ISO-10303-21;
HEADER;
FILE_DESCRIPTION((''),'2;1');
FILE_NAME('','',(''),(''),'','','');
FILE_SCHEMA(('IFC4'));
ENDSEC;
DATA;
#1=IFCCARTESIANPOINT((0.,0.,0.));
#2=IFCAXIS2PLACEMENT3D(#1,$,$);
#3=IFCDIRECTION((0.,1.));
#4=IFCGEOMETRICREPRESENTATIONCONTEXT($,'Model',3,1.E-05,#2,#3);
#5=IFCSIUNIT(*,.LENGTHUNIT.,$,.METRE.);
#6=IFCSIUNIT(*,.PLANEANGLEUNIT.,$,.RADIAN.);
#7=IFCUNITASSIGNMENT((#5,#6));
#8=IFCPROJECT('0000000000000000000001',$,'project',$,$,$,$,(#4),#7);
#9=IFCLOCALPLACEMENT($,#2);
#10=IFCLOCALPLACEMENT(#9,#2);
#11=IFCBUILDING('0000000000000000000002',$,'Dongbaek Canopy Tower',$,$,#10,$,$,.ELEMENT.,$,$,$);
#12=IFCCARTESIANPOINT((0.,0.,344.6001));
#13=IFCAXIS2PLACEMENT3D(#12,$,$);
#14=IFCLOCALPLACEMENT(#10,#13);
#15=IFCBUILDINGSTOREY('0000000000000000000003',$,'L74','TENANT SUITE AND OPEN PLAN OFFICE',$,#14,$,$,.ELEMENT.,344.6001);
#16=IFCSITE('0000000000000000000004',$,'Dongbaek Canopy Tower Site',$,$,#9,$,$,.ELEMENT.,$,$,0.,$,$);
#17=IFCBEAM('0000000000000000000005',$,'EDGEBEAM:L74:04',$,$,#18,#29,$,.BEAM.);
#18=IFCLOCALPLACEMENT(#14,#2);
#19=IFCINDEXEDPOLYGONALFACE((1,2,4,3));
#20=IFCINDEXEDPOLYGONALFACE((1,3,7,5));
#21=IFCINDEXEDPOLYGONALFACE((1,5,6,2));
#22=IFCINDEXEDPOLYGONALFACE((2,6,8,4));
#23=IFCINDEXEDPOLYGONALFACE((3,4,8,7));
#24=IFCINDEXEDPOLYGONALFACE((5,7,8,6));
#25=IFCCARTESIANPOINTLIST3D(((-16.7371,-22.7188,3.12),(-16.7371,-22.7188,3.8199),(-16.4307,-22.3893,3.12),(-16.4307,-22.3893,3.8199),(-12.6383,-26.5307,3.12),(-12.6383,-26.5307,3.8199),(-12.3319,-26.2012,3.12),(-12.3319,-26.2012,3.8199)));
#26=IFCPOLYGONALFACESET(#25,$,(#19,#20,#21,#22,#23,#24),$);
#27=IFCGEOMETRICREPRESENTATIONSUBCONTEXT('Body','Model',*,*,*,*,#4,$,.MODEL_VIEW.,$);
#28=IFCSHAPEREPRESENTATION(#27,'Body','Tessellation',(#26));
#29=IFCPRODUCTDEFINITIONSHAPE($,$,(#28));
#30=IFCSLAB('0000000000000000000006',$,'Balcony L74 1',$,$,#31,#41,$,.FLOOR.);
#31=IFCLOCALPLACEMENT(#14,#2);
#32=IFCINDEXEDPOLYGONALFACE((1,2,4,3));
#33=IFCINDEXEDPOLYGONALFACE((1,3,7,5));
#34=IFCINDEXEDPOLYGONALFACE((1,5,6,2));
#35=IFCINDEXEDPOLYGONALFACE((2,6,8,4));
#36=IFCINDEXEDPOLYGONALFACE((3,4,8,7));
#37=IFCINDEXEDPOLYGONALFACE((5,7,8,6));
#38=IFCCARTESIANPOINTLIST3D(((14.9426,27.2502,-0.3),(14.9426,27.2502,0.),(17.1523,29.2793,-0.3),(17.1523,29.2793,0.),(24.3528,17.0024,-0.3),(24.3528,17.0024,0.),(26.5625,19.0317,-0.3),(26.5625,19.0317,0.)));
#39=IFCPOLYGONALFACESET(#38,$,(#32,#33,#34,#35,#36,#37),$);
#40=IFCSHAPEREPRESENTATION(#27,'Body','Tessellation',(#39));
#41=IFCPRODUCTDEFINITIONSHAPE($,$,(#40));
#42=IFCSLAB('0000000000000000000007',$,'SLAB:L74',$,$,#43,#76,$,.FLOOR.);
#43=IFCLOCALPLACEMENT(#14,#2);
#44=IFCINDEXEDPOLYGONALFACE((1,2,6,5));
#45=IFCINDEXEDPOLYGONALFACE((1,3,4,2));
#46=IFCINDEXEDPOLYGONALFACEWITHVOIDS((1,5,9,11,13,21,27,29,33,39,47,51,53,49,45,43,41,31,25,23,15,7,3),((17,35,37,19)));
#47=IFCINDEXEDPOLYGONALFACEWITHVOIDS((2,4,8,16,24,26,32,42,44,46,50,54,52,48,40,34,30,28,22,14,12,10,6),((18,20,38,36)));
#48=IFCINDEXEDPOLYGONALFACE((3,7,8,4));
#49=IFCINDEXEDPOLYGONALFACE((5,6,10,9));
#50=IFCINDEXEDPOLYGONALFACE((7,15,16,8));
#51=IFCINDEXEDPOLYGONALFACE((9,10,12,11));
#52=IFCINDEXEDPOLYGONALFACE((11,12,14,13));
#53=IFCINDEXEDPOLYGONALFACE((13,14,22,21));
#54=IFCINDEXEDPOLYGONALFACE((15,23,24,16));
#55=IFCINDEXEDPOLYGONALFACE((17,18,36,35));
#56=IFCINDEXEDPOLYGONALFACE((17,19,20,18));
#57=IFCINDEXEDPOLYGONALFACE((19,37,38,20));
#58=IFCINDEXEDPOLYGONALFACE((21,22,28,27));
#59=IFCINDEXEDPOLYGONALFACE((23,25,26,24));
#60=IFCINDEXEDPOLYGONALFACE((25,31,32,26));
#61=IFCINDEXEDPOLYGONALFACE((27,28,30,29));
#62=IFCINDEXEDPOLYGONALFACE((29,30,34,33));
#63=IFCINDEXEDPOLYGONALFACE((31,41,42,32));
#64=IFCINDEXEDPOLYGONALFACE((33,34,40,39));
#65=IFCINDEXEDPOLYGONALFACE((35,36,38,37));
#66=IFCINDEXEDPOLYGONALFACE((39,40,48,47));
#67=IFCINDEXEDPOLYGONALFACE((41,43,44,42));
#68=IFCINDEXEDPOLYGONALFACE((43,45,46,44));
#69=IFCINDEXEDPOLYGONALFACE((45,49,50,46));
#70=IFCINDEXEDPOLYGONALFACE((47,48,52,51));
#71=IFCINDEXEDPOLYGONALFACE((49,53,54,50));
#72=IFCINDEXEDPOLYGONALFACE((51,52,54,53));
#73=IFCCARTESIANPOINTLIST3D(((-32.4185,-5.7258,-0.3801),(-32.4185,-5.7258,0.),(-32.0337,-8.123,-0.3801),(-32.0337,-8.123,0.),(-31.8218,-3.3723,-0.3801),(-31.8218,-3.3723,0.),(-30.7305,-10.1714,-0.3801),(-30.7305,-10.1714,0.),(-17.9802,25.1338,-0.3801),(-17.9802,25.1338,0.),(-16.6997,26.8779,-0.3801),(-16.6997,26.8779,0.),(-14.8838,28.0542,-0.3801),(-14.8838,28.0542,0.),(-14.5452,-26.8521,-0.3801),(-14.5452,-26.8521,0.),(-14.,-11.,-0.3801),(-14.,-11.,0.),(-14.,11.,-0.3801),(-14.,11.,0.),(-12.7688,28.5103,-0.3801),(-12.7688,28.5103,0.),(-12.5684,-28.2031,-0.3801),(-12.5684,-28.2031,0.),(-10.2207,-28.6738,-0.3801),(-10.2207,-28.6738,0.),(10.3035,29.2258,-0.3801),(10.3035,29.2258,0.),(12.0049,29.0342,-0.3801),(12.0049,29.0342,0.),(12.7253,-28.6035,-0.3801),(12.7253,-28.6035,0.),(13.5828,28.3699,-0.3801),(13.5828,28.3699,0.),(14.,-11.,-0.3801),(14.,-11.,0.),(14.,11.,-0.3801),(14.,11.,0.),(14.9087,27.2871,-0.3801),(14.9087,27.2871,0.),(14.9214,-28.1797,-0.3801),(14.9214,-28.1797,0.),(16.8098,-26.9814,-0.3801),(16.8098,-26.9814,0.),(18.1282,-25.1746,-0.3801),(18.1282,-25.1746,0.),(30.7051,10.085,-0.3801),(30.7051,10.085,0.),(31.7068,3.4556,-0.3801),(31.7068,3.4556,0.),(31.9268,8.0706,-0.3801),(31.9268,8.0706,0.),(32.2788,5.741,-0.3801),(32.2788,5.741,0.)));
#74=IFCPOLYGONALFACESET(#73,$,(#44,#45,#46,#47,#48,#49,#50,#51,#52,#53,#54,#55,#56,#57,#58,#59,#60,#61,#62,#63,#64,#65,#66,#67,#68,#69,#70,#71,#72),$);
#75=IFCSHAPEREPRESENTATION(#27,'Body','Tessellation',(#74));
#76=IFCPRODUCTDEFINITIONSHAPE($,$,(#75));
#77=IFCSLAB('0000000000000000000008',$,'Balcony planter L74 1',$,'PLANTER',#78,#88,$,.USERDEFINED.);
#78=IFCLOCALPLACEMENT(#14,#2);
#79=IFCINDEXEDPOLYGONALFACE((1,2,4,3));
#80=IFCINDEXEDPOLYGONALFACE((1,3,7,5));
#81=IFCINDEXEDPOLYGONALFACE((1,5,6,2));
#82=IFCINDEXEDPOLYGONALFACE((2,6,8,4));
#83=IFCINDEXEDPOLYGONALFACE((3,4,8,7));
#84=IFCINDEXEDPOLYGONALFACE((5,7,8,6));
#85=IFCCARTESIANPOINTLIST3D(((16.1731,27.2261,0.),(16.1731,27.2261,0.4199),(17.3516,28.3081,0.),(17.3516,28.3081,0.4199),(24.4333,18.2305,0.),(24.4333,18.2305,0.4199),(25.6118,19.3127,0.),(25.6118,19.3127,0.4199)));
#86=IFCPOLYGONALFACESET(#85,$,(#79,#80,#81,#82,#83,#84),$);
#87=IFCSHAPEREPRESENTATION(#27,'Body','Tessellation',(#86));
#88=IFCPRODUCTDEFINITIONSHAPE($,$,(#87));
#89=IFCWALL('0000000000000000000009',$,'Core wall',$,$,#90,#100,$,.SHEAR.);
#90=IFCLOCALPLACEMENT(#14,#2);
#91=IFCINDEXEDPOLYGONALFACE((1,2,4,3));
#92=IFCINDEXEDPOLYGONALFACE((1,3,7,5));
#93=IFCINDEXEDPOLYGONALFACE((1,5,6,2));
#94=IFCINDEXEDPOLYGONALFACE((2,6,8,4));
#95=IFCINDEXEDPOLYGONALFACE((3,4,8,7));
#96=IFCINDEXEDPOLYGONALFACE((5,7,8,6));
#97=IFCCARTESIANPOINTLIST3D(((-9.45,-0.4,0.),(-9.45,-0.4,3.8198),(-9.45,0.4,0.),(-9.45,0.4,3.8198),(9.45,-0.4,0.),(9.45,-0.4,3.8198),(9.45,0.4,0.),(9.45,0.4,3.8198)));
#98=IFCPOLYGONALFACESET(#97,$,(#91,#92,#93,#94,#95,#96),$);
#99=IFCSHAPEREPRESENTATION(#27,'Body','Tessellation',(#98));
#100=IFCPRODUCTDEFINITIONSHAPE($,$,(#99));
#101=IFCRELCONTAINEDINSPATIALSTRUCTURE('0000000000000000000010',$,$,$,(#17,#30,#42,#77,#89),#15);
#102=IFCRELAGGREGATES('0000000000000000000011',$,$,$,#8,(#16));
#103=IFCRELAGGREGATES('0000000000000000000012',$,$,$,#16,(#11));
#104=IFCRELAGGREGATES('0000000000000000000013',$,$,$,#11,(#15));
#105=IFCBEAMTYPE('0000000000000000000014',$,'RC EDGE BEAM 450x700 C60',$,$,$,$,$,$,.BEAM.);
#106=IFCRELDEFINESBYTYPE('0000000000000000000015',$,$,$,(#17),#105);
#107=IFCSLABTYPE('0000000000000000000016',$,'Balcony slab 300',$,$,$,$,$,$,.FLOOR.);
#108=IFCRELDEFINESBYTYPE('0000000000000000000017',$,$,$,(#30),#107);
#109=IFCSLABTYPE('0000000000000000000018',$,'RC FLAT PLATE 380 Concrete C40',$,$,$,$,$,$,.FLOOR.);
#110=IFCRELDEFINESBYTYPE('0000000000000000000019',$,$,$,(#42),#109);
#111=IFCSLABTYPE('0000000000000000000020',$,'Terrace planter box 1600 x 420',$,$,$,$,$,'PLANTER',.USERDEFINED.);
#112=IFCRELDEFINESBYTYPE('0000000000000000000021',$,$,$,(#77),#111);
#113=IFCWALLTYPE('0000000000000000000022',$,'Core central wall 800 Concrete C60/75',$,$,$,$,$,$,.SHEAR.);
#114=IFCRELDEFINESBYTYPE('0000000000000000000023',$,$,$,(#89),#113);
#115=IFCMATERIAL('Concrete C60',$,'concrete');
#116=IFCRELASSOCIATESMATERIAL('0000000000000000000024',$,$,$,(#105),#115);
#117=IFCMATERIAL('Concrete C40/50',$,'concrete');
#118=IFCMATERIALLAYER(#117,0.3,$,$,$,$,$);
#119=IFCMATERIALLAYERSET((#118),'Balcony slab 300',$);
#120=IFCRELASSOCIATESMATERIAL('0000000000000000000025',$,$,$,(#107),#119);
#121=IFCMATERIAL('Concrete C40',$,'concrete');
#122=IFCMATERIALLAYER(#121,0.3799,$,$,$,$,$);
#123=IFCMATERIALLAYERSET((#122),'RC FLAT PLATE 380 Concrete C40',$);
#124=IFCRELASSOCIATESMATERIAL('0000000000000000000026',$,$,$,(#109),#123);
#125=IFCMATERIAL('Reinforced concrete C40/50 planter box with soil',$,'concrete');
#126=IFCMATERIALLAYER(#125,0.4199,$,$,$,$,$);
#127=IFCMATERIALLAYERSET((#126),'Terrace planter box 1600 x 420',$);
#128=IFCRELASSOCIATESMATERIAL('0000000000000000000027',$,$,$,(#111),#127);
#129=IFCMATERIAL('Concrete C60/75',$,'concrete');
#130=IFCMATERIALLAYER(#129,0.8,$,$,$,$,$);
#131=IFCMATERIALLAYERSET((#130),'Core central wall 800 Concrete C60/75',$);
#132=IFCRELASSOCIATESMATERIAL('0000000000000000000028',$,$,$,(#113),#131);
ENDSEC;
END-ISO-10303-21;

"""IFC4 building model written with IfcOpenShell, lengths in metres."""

from ifc_helpers import new_model, si_unit, direction, frame, frame_2d, origin, origin_2d, place, context, subcontext, project, spatial, polyline, rectangle, outline, extrude, material, layer, layer_set, material_profile, profile_set, type_object, element, save


model = new_model("IFC4")

# Units and contexts
model_context = context("Model", 3, precision=1e-05, world=origin(), true_north=direction((0.0, 1.0)))
body_context = subcontext(model_context, "Body", "Model", "MODEL_VIEW")
ifc_project = project(units=[si_unit("LENGTHUNIT", "METRE"), si_unit("PLANEANGLEUNIT", "RADIAN")], contexts=[model_context])

# Site, building, storey
site_placement = place(None, origin())
site = spatial("IfcSite", under=ifc_project, at=site_placement, Name="Dongbaek Canopy Tower Site", CompositionType="ELEMENT", RefElevation=0.0)
building_placement = place(site_placement, origin())
building = spatial("IfcBuilding", under=site, at=building_placement, Name="Dongbaek Canopy Tower", CompositionType="ELEMENT")
storey_placement = place(building_placement, frame((0.0, 0.0, 344.6001)))
storey = spatial("IfcBuildingStorey", under=building, at=storey_placement, Name="L74", Description="TENANT SUITE AND OPEN PLAN OFFICE", CompositionType="ELEMENT", Elevation=344.6001)

# Beam
ifc_material_1 = material(Name="Concrete C60", Category="concrete")
ifc_material_profile = material_profile(ifc_material_1, rectangle(XDim=0.45, YDim=0.7, at=origin_2d()), Name="RC EDGE BEAM 450x700 C60")
ifc_profile_set = profile_set([ifc_material_profile], Name="Concrete C60")
beam_type = type_object("IfcBeamType", Name="RC EDGE BEAM 450x700 C60", PredefinedType="BEAM", material=ifc_profile_set)
beam_placement = place(storey_placement, frame((-12.4851, -26.366, 3.47), z_axis=(-0.732267, 0.681018, 0.0), x_axis=(-0.681018, -0.732267, 0.0)))
element("IfcBeam", 1, at=beam_placement, inside=storey, type_object=beam_type, Name="EDGEBEAM:L74:04", PredefinedType="BEAM", context=body_context, shape_type="SweptSolid", body=[
    extrude(rectangle(XDim=0.45, YDim=0.7, at=origin_2d()), origin(), (0.0, 0.0, 1.0), 5.5974),
])

# Slabs
ifc_material_2 = material(Name="Concrete C40/50", Category="concrete")
ifc_layer_1 = layer(ifc_material_2, 0.3)
ifc_layer_set_1 = layer_set([ifc_layer_1], Name="Balcony slab 300")
slab_type_1 = type_object("IfcSlabType", Name="Balcony slab 300", PredefinedType="FLOOR", material=ifc_layer_set_1)
slab_1_placement = place(storey_placement, frame((0.0, 0.0, -0.3)))
element("IfcSlab", 2, at=slab_1_placement, inside=storey, type_object=slab_type_1, Name="Balcony L74 1", PredefinedType="FLOOR", context=body_context, shape_type="SweptSolid", body=[
    extrude(outline(polyline([(24.3528, 17.0024), (14.9426, 27.2502), (17.1523, 29.2793), (26.5625, 19.0317), (24.3528, 17.0024)])), origin(), (0.0, 0.0, 1.0), 0.3),
])
ifc_material_3 = material(Name="Concrete C40", Category="concrete")
ifc_layer_2 = layer(ifc_material_3, 0.3799)
ifc_layer_set_2 = layer_set([ifc_layer_2], Name="RC FLAT PLATE 380 Concrete C40")
slab_type_2 = type_object("IfcSlabType", Name="RC FLAT PLATE 380 Concrete C40", PredefinedType="FLOOR", material=ifc_layer_set_2)
slab_2_placement = place(storey_placement, frame((0.0, 0.0, -0.3801)))
element("IfcSlab", 3, at=slab_2_placement, inside=storey, type_object=slab_type_2, Name="SLAB:L74", PredefinedType="FLOOR", context=body_context, shape_type="SweptSolid", body=[
    extrude(outline(polyline([(18.1282, -25.1746), (16.8098, -26.9814), (14.9214, -28.1797), (12.7253, -28.6035), (-10.2207, -28.6738), (-12.5684, -28.2031), (-14.5452, -26.8521), (-30.7305, -10.1714), (-32.0337, -8.123), (-32.4185, -5.7258), (-31.8218, -3.3723), (-17.9802, 25.1338), (-16.6997, 26.8779), (-14.8838, 28.0542), (-12.7688, 28.5103), (10.3035, 29.2258), (12.0049, 29.0342), (13.5828, 28.3699), (14.9087, 27.2871), (30.7051, 10.085), (31.9268, 8.0706), (32.2788, 5.741), (31.7068, 3.4556), (18.1282, -25.1746)]), holes=[polyline([(14.0, 11.0), (-14.0, 11.0), (-14.0, -11.0), (14.0, -11.0), (14.0, 11.0)])]), origin(), (0.0, 0.0, 1.0), 0.3801),
])
ifc_material_4 = material(Name="Reinforced concrete C40/50 planter box with soil", Category="concrete")
ifc_layer_3 = layer(ifc_material_4, 0.4199)
ifc_layer_set_3 = layer_set([ifc_layer_3], Name="Terrace planter box 1600 x 420")
slab_type_3 = type_object("IfcSlabType", Name="Terrace planter box 1600 x 420", ElementType="PLANTER", PredefinedType="USERDEFINED", material=ifc_layer_set_3)
slab_3_placement = place(storey_placement, origin())
element("IfcSlab", 4, at=slab_3_placement, inside=storey, type_object=slab_type_3, Name="Balcony planter L74 1", ObjectType="PLANTER", PredefinedType="USERDEFINED", context=body_context, shape_type="SweptSolid", body=[
    extrude(outline(polyline([(24.4333, 18.2305), (16.1731, 27.2261), (17.3516, 28.3081), (25.6118, 19.3127), (24.4333, 18.2305)])), origin(), (0.0, 0.0, 1.0), 0.4199),
])

# Wall
ifc_material_5 = material(Name="Concrete C60/75", Category="concrete")
ifc_layer_4 = layer(ifc_material_5, 0.8)
ifc_layer_set_4 = layer_set([ifc_layer_4], Name="Core central wall 800 Concrete C60/75")
wall_type_1 = type_object("IfcWallType", Name="Core central wall 800 Concrete C60/75", PredefinedType="SHEAR", material=ifc_layer_set_4)
wall_1_placement = place(storey_placement, frame((-9.45, 0.0, 0.0), z_axis=(0.0, 0.0, 1.0), x_axis=(1.0, 0.0, 0.0)))
element("IfcWall", 5, at=wall_1_placement, inside=storey, type_object=wall_type_1, Name="Core wall", PredefinedType="SHEAR", context=body_context, shape_type="SweptSolid", body=[
    extrude(rectangle(XDim=18.8999, YDim=0.8, at=frame_2d((9.45, 0.0))), origin(), (0.0, 0.0, 1.0), 3.8198),
])

save(model, "model.ifc")
